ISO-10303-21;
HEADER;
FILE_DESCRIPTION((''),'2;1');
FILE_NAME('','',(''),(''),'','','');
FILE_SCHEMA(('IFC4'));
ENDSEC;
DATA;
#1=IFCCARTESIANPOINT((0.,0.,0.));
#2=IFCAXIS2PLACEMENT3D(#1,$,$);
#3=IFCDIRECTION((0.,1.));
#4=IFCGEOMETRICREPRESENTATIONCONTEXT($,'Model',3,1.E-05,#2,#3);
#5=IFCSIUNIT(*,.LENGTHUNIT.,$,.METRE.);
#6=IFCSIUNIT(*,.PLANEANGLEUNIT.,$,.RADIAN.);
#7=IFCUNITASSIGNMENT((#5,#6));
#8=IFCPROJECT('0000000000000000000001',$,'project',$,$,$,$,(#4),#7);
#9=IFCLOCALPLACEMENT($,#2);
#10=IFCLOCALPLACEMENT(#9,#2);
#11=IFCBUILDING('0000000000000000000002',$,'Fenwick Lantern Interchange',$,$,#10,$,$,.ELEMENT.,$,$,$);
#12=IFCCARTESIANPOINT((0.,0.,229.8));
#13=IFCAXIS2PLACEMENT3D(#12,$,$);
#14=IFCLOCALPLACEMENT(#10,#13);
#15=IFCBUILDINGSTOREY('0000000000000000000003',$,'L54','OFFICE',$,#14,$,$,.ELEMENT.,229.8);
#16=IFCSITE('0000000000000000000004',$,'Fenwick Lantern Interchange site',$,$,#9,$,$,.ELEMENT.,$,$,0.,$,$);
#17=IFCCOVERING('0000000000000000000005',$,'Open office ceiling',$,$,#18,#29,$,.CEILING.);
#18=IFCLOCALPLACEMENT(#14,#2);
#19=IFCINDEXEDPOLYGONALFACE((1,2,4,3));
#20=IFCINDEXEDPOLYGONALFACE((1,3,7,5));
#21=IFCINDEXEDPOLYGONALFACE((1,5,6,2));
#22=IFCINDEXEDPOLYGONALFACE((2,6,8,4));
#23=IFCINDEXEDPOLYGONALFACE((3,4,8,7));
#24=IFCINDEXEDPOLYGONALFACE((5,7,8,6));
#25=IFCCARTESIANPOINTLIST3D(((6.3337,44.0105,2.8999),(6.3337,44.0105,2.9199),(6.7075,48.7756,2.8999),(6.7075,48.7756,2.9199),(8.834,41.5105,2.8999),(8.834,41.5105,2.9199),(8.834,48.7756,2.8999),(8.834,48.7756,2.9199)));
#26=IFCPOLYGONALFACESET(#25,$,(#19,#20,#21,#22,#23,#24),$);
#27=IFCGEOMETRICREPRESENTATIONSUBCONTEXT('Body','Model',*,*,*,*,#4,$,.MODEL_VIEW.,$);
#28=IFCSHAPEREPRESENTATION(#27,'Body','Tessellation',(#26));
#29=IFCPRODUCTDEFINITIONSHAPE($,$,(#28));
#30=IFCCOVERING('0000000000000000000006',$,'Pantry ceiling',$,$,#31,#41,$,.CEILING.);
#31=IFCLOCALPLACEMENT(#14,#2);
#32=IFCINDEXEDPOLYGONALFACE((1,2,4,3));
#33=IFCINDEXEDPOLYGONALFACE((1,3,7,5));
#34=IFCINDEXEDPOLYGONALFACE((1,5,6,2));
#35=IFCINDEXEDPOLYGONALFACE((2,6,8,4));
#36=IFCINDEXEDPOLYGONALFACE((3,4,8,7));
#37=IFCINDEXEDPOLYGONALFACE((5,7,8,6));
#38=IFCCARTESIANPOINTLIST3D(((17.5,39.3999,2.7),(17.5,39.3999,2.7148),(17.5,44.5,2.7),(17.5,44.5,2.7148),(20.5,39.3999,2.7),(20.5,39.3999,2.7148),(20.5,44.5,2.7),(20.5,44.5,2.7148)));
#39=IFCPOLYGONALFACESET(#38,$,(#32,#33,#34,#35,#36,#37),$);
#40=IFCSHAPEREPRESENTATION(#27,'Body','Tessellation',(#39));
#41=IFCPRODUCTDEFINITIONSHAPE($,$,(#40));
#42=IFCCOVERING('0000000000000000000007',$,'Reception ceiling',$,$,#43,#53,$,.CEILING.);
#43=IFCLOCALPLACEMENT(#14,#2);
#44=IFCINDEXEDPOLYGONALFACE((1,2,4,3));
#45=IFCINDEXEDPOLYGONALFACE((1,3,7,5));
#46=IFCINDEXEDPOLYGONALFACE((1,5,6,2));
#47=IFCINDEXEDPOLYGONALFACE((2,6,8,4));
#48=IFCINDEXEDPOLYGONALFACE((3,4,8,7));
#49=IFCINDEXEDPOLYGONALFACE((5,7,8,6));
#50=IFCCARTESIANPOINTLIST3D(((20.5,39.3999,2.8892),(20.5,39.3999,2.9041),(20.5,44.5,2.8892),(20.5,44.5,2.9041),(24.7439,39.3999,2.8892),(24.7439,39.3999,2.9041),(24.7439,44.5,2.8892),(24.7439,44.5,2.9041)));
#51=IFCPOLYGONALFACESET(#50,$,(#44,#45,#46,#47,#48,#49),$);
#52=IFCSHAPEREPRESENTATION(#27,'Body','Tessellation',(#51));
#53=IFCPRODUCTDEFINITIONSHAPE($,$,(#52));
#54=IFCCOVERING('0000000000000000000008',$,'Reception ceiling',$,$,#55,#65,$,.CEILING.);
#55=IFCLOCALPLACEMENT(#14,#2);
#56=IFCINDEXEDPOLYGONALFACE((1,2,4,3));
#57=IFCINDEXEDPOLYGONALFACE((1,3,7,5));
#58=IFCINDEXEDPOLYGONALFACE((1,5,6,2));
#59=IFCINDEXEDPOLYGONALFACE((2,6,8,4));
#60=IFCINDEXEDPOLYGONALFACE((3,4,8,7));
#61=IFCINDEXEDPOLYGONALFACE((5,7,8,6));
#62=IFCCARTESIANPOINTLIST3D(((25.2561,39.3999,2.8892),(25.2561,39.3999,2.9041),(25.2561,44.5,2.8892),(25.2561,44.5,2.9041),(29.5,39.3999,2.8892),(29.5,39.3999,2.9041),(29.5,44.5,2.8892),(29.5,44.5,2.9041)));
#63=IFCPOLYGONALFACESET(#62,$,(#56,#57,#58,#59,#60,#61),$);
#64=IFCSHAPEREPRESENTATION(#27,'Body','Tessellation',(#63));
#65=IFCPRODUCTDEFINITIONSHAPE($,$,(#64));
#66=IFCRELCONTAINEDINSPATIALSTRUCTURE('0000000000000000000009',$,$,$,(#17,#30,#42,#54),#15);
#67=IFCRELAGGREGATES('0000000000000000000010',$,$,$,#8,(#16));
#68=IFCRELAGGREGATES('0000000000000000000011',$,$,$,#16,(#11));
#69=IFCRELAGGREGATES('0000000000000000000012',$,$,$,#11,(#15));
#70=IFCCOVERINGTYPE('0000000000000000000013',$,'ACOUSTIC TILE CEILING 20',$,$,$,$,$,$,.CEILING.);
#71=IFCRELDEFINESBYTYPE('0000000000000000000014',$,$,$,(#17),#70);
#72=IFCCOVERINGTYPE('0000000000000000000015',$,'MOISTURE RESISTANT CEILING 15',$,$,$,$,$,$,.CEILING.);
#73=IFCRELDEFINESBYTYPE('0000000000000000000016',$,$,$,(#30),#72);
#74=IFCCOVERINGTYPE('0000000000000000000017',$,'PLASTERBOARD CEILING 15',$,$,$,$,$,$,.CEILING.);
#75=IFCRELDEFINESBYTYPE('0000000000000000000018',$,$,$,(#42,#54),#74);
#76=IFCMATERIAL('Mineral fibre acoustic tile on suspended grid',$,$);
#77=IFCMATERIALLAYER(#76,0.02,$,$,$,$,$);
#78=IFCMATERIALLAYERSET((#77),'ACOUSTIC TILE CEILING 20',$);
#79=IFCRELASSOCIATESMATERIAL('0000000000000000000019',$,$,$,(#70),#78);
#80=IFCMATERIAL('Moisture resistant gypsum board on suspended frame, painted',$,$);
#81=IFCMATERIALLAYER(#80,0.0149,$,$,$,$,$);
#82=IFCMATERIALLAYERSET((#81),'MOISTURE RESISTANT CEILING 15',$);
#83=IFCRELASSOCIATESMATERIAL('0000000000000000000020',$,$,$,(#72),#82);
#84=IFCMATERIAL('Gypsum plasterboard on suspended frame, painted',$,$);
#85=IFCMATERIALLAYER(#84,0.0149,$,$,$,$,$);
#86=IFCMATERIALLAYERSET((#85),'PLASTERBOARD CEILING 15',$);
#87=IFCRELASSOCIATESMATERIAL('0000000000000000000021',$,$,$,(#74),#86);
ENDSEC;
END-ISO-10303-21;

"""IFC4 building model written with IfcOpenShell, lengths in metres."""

from ifc_helpers import new_model, si_unit, direction, frame, origin, place, context, subcontext, project, spatial, polyline, outline, extrude, material, layer, layer_set, type_object, element, save


model = new_model("IFC4")

# Units and contexts
model_context = context("Model", 3, precision=1e-05, world=origin(), true_north=direction((0.0, 1.0)))
body_context = subcontext(model_context, "Body", "Model", "MODEL_VIEW")
ifc_project = project(units=[si_unit("LENGTHUNIT", "METRE"), si_unit("PLANEANGLEUNIT", "RADIAN")], contexts=[model_context])

# Site, building, storey
site_placement = place(None, origin())
site = spatial("IfcSite", under=ifc_project, at=site_placement, Name="Fenwick Lantern Interchange site", CompositionType="ELEMENT", RefElevation=0.0)
building_placement = place(site_placement, origin())
building = spatial("IfcBuilding", under=site, at=building_placement, Name="Fenwick Lantern Interchange", CompositionType="ELEMENT")
storey_placement = place(building_placement, frame((0.0, 0.0, 229.8)))
storey = spatial("IfcBuildingStorey", under=building, at=storey_placement, Name="L54", Description="OFFICE", CompositionType="ELEMENT", Elevation=229.8)

# Coverings
ifc_material_1 = material(Name="Mineral fibre acoustic tile on suspended grid")
ifc_layer_1 = layer(ifc_material_1, 0.02)
ifc_layer_set_1 = layer_set([ifc_layer_1], Name="ACOUSTIC TILE CEILING 20")
covering_type_1 = type_object("IfcCoveringType", Name="ACOUSTIC TILE CEILING 20", PredefinedType="CEILING", material=ifc_layer_set_1)
covering_1_placement = place(storey_placement, frame((0.0, 0.0, 2.8999)))
element("IfcCovering", 1, at=covering_1_placement, inside=storey, type_object=covering_type_1, Name="Open office ceiling", PredefinedType="CEILING", context=body_context, shape_type="SweptSolid", body=[
    extrude(outline(polyline([(6.7075, 48.7756), (6.3337, 44.0105), (8.834, 41.5105), (8.834, 48.7756), (6.7075, 48.7756)])), origin(), (0.0, 0.0, 1.0), 0.02),
])
ifc_material_2 = material(Name="Moisture resistant gypsum board on suspended frame, painted")
ifc_layer_2 = layer(ifc_material_2, 0.0149)
ifc_layer_set_2 = layer_set([ifc_layer_2], Name="MOISTURE RESISTANT CEILING 15")
covering_type_2 = type_object("IfcCoveringType", Name="MOISTURE RESISTANT CEILING 15", PredefinedType="CEILING", material=ifc_layer_set_2)
covering_2_placement = place(storey_placement, frame((0.0, 0.0, 2.7)))
element("IfcCovering", 2, at=covering_2_placement, inside=storey, type_object=covering_type_2, Name="Pantry ceiling", PredefinedType="CEILING", context=body_context, shape_type="SweptSolid", body=[
    extrude(outline(polyline([(20.5, 44.5), (17.5, 44.5), (17.5, 39.3999), (20.5, 39.3999), (20.5, 44.5)])), origin(), (0.0, 0.0, 1.0), 0.0149),
])
ifc_material_3 = material(Name="Gypsum plasterboard on suspended frame, painted")
ifc_layer_3 = layer(ifc_material_3, 0.0149)
ifc_layer_set_3 = layer_set([ifc_layer_3], Name="PLASTERBOARD CEILING 15")
covering_type_3 = type_object("IfcCoveringType", Name="PLASTERBOARD CEILING 15", PredefinedType="CEILING", material=ifc_layer_set_3)
covering_3_placement = place(storey_placement, frame((0.0, 0.0, 2.8892)))
element("IfcCovering", 3, at=covering_3_placement, inside=storey, type_object=covering_type_3, Name="Reception ceiling", PredefinedType="CEILING", context=body_context, shape_type="SweptSolid", body=[
    extrude(outline(polyline([(20.5, 39.3999), (24.7439, 39.3999), (24.7439, 44.5), (20.5, 44.5), (20.5, 39.3999)])), origin(), (0.0, 0.0, 1.0), 0.0149),
])
covering_4_placement = place(storey_placement, frame((0.0, 0.0, 2.8892)))
element("IfcCovering", 4, at=covering_4_placement, inside=storey, type_object=covering_type_3, Name="Reception ceiling", PredefinedType="CEILING", context=body_context, shape_type="SweptSolid", body=[
    extrude(outline(polyline([(29.5, 39.3999), (29.5, 44.5), (25.2561, 44.5), (25.2561, 39.3999), (29.5, 39.3999)])), origin(), (0.0, 0.0, 1.0), 0.0149),
])

save(model, "model.ifc")
